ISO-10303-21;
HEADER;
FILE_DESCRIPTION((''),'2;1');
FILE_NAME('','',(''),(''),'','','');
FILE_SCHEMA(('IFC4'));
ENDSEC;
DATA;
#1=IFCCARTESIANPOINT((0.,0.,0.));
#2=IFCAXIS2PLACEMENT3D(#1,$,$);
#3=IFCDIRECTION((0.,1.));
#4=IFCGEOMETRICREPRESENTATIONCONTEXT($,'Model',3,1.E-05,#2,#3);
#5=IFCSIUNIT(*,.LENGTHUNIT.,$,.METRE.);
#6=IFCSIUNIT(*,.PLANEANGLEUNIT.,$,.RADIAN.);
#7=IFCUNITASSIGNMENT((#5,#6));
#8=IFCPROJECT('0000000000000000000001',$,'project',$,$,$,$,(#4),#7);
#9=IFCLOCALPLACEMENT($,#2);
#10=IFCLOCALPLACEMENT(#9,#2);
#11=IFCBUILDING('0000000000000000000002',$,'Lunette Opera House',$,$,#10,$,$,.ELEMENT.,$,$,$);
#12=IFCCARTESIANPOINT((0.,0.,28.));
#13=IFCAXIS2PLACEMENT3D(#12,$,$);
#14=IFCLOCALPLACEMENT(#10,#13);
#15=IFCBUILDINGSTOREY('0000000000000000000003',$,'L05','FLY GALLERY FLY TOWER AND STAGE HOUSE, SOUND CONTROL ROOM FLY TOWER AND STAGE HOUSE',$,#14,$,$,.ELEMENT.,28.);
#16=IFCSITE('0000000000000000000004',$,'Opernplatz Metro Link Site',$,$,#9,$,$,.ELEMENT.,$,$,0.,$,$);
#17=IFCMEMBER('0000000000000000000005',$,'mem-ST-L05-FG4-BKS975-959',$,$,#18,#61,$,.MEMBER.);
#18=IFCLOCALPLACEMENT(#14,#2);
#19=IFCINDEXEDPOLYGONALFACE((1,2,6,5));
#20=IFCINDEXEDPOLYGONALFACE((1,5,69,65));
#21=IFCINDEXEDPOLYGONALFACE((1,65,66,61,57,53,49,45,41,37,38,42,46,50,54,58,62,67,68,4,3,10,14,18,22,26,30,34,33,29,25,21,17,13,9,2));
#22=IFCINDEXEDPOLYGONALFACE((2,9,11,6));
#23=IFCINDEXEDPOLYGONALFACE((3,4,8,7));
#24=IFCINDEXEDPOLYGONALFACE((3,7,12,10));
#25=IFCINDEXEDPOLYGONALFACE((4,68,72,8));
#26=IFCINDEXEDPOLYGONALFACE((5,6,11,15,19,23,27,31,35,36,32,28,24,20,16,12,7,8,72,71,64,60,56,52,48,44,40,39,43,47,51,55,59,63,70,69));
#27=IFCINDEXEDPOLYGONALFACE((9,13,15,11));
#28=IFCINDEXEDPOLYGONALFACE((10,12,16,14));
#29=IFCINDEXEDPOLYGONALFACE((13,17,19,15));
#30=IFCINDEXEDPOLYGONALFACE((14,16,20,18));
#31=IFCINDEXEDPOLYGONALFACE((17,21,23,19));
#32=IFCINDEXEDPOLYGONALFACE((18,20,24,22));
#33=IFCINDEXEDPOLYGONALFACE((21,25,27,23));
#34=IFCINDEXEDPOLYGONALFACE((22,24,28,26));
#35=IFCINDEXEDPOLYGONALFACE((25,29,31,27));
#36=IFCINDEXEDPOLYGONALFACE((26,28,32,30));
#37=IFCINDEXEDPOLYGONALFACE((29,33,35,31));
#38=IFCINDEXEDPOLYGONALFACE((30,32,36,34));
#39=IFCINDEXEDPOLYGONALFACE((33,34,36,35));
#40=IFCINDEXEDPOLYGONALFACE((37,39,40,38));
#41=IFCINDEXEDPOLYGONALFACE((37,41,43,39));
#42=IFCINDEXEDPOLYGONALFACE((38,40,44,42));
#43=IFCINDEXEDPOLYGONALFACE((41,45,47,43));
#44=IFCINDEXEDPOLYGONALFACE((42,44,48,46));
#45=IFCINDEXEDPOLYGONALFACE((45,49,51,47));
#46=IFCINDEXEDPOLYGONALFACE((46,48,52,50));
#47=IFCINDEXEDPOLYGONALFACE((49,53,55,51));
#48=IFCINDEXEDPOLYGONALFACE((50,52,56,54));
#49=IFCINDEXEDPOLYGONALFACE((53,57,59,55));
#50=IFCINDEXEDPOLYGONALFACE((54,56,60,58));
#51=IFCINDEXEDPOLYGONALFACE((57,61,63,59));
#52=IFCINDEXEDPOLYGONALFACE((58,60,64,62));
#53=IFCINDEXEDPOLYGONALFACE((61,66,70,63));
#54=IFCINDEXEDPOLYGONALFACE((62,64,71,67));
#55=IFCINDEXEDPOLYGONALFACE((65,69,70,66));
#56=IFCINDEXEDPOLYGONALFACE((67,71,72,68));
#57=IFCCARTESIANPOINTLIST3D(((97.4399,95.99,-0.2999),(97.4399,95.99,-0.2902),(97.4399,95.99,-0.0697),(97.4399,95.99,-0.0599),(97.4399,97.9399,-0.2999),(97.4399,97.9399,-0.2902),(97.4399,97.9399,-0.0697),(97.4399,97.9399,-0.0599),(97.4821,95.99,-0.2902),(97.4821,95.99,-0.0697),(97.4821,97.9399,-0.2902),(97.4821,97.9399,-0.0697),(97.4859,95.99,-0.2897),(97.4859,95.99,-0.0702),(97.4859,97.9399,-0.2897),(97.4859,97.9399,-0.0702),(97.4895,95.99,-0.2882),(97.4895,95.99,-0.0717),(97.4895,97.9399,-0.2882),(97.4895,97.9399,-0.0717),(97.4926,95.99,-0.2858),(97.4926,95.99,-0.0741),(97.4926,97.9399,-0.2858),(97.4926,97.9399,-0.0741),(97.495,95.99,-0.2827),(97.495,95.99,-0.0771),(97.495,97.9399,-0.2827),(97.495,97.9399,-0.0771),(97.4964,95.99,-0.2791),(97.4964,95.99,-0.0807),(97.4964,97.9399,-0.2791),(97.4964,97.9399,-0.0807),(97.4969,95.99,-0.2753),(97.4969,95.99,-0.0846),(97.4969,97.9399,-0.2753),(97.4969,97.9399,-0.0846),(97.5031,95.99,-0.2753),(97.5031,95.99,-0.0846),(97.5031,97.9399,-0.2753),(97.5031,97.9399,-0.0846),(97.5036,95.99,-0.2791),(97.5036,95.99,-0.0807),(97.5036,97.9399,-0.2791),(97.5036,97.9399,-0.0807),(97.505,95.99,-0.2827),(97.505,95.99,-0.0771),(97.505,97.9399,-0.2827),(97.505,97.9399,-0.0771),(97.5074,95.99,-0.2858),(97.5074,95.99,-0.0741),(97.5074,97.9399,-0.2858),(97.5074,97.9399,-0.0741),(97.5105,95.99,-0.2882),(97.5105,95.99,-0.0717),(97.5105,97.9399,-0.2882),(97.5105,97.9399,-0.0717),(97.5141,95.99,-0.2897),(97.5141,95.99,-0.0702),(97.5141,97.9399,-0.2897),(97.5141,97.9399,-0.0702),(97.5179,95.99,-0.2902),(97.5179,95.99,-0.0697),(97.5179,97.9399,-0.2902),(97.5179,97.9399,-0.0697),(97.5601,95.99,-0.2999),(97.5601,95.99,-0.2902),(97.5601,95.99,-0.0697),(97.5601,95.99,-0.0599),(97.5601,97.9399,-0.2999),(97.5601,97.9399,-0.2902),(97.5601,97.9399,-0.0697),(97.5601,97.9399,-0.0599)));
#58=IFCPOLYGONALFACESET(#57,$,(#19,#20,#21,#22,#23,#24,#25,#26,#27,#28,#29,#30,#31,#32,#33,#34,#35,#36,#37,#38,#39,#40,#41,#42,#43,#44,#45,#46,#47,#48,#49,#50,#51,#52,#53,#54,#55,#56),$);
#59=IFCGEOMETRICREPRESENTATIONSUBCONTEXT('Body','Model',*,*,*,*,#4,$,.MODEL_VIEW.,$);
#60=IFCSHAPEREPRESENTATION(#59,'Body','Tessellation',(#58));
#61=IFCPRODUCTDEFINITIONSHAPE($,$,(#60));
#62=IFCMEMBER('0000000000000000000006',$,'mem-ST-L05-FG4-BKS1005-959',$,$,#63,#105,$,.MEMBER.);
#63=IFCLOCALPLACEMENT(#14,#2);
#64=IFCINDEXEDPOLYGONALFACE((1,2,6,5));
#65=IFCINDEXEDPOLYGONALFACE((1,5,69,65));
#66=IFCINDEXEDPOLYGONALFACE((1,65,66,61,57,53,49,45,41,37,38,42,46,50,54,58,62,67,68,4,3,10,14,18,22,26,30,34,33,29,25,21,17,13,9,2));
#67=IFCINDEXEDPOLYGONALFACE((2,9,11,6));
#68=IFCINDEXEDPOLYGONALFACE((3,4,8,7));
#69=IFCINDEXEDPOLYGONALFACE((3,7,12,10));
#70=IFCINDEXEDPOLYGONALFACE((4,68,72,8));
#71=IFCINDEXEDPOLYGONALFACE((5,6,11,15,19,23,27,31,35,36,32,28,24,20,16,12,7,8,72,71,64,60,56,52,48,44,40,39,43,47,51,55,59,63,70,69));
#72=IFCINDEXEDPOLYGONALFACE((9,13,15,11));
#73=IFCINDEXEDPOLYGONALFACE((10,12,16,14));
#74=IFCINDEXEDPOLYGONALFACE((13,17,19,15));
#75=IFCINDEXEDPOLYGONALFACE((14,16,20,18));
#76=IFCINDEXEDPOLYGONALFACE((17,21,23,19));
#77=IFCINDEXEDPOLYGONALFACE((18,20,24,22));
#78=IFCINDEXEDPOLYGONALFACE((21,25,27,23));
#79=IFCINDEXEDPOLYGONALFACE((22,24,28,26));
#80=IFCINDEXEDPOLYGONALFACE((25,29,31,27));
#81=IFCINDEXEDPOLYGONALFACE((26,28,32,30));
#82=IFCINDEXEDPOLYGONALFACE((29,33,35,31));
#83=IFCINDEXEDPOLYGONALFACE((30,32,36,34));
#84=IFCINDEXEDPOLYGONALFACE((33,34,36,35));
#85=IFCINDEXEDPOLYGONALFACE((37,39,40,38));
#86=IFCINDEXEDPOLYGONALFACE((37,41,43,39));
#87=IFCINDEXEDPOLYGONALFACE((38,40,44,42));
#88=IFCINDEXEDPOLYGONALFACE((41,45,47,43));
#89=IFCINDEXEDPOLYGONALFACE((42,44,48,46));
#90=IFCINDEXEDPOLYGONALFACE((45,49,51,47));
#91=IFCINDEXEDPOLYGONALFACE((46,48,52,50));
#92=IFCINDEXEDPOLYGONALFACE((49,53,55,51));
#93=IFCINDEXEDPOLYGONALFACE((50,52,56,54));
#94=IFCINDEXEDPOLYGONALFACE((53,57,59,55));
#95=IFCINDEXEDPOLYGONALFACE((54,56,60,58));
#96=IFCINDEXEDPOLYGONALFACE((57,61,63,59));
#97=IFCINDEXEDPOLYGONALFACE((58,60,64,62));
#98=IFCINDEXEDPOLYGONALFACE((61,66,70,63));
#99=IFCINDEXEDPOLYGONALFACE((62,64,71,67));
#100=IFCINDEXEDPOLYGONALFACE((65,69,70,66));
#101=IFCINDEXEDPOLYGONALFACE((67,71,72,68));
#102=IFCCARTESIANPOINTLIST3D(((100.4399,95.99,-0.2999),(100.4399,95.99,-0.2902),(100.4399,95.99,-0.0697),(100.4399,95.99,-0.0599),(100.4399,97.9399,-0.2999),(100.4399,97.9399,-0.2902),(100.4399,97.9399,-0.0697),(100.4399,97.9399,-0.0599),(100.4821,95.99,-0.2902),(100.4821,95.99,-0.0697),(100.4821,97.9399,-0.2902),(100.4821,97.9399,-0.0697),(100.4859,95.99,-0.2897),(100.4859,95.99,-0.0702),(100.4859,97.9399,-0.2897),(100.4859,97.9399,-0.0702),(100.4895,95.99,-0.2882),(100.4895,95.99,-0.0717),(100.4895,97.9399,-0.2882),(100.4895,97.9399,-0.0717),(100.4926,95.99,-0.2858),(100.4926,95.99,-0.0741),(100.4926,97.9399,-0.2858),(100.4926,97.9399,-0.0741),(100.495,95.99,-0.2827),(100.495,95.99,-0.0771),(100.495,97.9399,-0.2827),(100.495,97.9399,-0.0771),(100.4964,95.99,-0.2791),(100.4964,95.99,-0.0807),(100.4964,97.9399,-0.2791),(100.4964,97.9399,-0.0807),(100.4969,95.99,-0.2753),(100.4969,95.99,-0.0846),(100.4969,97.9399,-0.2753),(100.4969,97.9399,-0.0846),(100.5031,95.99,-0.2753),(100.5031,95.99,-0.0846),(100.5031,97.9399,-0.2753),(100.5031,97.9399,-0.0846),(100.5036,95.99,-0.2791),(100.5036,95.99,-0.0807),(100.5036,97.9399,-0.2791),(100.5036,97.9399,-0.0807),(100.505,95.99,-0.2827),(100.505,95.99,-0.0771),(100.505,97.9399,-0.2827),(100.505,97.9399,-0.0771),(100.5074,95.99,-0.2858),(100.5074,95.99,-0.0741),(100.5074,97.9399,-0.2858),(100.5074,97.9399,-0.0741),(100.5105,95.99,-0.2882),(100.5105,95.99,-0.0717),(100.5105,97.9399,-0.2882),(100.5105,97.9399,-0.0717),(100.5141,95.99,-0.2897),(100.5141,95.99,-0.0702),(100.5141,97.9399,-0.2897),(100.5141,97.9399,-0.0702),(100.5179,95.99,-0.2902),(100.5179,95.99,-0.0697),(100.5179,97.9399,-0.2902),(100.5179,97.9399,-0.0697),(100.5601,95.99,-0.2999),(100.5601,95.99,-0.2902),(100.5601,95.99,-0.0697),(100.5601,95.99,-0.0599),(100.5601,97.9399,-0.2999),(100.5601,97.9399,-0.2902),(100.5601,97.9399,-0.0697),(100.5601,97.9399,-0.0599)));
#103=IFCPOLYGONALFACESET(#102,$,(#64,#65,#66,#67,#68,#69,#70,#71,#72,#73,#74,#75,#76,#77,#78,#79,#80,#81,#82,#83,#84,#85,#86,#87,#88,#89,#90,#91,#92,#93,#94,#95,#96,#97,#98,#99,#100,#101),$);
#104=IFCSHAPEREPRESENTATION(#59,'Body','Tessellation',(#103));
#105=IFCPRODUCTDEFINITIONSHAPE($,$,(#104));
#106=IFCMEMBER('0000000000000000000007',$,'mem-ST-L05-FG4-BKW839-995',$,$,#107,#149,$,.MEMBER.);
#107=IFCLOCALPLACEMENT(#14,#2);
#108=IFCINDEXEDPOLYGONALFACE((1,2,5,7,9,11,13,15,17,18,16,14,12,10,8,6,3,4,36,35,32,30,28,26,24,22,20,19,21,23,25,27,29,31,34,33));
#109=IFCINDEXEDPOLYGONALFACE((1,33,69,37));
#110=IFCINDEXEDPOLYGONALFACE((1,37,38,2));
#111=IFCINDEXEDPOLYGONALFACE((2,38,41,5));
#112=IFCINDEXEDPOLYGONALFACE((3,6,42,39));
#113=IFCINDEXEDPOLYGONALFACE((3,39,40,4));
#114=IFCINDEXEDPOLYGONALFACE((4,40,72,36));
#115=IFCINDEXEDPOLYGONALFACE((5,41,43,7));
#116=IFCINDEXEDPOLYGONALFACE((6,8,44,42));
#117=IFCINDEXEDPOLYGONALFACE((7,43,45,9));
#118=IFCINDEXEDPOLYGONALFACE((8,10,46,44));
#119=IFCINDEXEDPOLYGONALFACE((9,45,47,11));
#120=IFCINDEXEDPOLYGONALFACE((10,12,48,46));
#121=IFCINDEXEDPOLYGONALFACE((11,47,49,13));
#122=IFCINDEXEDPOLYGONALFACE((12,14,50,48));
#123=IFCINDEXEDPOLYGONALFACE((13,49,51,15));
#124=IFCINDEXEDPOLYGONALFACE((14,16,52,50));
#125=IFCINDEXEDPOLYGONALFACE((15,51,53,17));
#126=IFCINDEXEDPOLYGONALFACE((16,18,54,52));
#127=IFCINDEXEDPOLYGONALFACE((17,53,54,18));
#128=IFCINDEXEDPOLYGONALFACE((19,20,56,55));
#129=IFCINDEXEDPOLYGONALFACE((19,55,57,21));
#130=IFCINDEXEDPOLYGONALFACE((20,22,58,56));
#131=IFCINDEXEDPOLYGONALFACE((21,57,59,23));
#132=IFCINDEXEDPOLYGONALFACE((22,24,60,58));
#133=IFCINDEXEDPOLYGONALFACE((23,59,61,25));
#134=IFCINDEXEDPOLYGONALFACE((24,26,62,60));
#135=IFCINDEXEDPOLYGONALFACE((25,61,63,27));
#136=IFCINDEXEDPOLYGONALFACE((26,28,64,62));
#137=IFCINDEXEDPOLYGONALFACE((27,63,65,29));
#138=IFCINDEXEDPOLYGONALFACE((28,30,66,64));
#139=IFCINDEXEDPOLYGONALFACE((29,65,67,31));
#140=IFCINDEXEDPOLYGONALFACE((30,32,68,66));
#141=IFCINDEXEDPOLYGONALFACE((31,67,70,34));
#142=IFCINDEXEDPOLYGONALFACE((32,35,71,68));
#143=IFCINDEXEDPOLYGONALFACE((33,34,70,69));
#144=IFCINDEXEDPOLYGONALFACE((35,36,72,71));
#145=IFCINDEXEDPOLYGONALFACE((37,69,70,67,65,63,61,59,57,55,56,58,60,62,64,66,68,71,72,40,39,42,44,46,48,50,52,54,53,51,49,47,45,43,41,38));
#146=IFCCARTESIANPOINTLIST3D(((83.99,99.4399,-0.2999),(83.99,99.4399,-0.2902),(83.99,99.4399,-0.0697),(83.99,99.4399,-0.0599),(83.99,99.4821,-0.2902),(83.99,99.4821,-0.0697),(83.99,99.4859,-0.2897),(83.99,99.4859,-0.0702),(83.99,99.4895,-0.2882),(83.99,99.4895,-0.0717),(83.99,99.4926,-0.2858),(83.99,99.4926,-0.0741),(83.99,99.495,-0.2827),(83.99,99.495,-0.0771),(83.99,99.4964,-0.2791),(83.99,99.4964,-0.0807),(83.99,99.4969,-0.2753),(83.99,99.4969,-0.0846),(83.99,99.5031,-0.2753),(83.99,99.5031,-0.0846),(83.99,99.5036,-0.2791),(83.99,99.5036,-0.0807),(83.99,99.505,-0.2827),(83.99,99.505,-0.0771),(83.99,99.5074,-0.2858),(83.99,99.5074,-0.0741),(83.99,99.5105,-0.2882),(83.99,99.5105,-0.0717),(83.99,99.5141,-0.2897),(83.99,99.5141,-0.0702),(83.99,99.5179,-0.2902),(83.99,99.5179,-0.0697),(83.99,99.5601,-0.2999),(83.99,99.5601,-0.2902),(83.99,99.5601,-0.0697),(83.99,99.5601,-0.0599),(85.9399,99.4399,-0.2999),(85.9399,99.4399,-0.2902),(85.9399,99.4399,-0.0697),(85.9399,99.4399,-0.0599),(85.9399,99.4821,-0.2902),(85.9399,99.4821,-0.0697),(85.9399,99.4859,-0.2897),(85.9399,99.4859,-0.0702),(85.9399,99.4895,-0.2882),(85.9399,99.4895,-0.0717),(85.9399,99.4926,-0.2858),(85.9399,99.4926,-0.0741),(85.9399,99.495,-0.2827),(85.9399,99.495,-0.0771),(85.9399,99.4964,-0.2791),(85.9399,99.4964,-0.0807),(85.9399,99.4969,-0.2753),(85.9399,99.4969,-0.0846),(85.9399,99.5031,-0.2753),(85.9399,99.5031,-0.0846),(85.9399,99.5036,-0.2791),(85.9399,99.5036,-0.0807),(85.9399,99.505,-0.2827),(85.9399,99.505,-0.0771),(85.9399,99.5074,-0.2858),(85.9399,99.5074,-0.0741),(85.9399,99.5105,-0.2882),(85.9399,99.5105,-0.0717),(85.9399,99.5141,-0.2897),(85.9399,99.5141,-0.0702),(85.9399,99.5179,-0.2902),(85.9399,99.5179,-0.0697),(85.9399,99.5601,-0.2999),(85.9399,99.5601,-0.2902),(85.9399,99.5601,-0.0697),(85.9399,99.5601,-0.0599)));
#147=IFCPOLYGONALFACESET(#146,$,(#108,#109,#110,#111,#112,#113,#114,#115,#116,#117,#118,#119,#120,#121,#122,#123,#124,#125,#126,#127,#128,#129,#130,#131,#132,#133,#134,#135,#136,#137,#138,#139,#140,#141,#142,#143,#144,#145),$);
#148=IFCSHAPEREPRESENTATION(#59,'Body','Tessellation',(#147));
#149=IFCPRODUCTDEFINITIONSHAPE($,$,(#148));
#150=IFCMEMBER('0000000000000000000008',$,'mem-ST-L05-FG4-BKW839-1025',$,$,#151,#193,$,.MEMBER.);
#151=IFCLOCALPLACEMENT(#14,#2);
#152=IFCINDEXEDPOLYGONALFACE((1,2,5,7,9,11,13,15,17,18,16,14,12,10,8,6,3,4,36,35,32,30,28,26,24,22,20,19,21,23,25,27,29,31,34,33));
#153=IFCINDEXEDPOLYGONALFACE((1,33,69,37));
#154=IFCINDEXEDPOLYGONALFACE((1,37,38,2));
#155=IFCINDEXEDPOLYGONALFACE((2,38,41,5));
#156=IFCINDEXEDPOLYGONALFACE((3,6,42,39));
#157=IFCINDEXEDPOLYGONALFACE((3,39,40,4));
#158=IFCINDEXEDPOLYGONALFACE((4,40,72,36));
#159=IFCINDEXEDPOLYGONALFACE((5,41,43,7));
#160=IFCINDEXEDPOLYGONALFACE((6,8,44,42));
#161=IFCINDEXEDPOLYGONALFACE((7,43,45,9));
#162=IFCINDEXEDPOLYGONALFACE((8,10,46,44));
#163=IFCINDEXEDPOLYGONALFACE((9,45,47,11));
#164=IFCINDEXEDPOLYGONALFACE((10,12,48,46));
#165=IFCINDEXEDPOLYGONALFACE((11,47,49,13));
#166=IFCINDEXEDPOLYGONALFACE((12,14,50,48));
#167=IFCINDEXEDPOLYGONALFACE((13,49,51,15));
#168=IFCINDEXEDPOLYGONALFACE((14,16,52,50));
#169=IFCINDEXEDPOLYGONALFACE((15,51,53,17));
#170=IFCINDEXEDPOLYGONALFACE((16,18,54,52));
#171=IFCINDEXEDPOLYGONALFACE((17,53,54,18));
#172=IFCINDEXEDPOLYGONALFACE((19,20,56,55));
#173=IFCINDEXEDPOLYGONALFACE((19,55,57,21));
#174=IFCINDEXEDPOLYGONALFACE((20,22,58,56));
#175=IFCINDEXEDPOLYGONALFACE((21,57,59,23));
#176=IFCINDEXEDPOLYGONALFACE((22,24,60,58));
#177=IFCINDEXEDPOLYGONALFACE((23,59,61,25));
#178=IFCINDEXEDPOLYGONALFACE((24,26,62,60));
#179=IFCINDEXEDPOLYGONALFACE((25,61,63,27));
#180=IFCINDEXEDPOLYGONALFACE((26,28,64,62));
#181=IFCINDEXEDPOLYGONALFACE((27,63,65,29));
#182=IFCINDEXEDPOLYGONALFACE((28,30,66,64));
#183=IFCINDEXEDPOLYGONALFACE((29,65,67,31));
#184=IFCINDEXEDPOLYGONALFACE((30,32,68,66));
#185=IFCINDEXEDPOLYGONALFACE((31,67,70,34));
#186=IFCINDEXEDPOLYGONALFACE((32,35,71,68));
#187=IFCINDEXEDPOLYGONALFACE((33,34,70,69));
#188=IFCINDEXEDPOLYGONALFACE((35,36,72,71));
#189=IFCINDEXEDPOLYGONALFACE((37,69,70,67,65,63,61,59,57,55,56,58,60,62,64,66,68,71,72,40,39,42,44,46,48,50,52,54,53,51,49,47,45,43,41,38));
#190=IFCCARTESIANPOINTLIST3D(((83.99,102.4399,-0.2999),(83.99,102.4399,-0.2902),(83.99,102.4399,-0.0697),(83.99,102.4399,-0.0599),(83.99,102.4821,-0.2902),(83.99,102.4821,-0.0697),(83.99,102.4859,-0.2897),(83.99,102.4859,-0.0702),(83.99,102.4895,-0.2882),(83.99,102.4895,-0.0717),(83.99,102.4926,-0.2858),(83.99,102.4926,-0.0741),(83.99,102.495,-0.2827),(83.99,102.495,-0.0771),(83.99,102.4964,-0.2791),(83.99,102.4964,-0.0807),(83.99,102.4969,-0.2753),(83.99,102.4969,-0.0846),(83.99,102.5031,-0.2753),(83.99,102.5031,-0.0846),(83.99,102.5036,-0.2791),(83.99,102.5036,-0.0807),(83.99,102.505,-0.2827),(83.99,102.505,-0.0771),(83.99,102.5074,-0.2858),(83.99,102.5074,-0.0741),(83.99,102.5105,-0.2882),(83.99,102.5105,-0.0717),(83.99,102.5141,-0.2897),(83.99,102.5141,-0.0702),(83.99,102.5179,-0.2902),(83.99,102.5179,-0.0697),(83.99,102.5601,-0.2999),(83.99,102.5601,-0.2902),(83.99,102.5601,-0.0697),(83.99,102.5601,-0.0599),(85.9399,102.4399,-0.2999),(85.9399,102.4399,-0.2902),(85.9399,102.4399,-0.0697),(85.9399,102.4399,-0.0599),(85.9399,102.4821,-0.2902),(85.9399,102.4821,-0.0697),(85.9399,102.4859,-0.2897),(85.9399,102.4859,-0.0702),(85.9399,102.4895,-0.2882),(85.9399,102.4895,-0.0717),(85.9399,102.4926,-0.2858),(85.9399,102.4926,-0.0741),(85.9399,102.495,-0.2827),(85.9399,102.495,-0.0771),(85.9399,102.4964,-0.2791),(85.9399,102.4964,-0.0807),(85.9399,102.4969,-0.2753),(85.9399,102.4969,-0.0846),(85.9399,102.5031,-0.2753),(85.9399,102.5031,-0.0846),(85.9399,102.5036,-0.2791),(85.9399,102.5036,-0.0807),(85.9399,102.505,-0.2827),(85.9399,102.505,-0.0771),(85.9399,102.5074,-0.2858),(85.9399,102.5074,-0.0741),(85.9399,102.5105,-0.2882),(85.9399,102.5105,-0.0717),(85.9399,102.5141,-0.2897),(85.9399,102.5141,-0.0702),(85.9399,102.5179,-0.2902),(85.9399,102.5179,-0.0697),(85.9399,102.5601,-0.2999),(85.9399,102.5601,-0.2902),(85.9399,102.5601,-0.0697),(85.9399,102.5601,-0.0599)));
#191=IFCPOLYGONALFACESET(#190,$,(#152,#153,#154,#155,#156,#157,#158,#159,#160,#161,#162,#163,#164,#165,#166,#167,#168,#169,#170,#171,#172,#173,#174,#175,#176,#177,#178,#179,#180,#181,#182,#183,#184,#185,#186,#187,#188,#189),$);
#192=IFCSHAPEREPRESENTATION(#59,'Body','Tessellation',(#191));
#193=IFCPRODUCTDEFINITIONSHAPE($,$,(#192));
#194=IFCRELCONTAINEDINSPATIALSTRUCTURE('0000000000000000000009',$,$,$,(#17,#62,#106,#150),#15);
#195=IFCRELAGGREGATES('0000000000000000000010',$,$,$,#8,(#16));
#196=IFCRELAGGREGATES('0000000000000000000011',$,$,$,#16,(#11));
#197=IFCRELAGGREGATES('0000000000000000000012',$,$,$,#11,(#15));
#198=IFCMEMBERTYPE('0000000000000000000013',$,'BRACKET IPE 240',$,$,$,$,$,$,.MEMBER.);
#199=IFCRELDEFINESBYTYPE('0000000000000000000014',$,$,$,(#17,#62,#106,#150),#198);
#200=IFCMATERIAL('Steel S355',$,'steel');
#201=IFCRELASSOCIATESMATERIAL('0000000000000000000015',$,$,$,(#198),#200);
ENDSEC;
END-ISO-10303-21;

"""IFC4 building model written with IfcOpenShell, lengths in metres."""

from ifc_helpers import new_model, si_unit, direction, frame, origin, origin_2d, place, context, subcontext, project, spatial, i_section, extrude, material, material_profile, profile_set, type_object, element, save


model = new_model("IFC4")

# Units and contexts
model_context = context("Model", 3, precision=1e-05, world=origin(), true_north=direction((0.0, 1.0)))
body_context = subcontext(model_context, "Body", "Model", "MODEL_VIEW")
ifc_project = project(units=[si_unit("LENGTHUNIT", "METRE"), si_unit("PLANEANGLEUNIT", "RADIAN")], contexts=[model_context])

# Site, building, storey
site_placement = place(None, origin())
site = spatial("IfcSite", under=ifc_project, at=site_placement, Name="Opernplatz Metro Link Site", CompositionType="ELEMENT", RefElevation=0.0)
building_placement = place(site_placement, origin())
building = spatial("IfcBuilding", under=site, at=building_placement, Name="Lunette Opera House", CompositionType="ELEMENT")
storey_placement = place(building_placement, frame((0.0, 0.0, 28.0)))
storey = spatial("IfcBuildingStorey", under=building, at=storey_placement, Name="L05", Description="FLY GALLERY FLY TOWER AND STAGE HOUSE, SOUND CONTROL ROOM FLY TOWER AND STAGE HOUSE", CompositionType="ELEMENT", Elevation=28.0)

# Members
ifc_material_1 = material(Name="Steel S355", Category="steel")
ifc_material_profile_1 = material_profile(ifc_material_1, i_section(OverallWidth=0.1201, OverallDepth=0.24, WebThickness=0.0061, FlangeThickness=0.0098, FilletRadius=0.0149, at=origin_2d()), Name="IPE 240")
ifc_profile_set_1 = profile_set([ifc_material_profile_1], Name="Steel S355")
member_type_1 = type_object("IfcMemberType", Name="BRACKET IPE 240", PredefinedType="MEMBER", material=ifc_profile_set_1)
for number, where, z_axis, x_axis, name in (
    (1, (97.5, 95.99, -0.1799), (0.0, 1.0, 0.0), (-1.0, 0.0, 0.0), "mem-ST-L05-FG4-BKS975-959"),
    (2, (100.5, 95.99, -0.1799), (0.0, 1.0, 0.0), (-1.0, 0.0, 0.0), "mem-ST-L05-FG4-BKS1005-959"),
    (3, (83.99, 99.5, -0.1799), (1.0, 0.0, 0.0), (0.0, 1.0, 0.0), "mem-ST-L05-FG4-BKW839-995"),
    (4, (83.99, 102.5, -0.1799), (1.0, 0.0, 0.0), (0.0, 1.0, 0.0), "mem-ST-L05-FG4-BKW839-1025"),
):
    element("IfcMember", number, at=place(storey_placement, frame(where, z_axis=z_axis, x_axis=x_axis)), inside=storey, type_object=member_type_1, Name=name, PredefinedType="MEMBER", context=body_context, shape_type="SweptSolid", body=[
        extrude(i_section(OverallWidth=0.1201, OverallDepth=0.24, WebThickness=0.0061, FlangeThickness=0.0098, FilletRadius=0.0149, at=origin_2d()), origin(), (0.0, 0.0, 1.0), 1.95),
    ])

save(model, "model.ifc")
